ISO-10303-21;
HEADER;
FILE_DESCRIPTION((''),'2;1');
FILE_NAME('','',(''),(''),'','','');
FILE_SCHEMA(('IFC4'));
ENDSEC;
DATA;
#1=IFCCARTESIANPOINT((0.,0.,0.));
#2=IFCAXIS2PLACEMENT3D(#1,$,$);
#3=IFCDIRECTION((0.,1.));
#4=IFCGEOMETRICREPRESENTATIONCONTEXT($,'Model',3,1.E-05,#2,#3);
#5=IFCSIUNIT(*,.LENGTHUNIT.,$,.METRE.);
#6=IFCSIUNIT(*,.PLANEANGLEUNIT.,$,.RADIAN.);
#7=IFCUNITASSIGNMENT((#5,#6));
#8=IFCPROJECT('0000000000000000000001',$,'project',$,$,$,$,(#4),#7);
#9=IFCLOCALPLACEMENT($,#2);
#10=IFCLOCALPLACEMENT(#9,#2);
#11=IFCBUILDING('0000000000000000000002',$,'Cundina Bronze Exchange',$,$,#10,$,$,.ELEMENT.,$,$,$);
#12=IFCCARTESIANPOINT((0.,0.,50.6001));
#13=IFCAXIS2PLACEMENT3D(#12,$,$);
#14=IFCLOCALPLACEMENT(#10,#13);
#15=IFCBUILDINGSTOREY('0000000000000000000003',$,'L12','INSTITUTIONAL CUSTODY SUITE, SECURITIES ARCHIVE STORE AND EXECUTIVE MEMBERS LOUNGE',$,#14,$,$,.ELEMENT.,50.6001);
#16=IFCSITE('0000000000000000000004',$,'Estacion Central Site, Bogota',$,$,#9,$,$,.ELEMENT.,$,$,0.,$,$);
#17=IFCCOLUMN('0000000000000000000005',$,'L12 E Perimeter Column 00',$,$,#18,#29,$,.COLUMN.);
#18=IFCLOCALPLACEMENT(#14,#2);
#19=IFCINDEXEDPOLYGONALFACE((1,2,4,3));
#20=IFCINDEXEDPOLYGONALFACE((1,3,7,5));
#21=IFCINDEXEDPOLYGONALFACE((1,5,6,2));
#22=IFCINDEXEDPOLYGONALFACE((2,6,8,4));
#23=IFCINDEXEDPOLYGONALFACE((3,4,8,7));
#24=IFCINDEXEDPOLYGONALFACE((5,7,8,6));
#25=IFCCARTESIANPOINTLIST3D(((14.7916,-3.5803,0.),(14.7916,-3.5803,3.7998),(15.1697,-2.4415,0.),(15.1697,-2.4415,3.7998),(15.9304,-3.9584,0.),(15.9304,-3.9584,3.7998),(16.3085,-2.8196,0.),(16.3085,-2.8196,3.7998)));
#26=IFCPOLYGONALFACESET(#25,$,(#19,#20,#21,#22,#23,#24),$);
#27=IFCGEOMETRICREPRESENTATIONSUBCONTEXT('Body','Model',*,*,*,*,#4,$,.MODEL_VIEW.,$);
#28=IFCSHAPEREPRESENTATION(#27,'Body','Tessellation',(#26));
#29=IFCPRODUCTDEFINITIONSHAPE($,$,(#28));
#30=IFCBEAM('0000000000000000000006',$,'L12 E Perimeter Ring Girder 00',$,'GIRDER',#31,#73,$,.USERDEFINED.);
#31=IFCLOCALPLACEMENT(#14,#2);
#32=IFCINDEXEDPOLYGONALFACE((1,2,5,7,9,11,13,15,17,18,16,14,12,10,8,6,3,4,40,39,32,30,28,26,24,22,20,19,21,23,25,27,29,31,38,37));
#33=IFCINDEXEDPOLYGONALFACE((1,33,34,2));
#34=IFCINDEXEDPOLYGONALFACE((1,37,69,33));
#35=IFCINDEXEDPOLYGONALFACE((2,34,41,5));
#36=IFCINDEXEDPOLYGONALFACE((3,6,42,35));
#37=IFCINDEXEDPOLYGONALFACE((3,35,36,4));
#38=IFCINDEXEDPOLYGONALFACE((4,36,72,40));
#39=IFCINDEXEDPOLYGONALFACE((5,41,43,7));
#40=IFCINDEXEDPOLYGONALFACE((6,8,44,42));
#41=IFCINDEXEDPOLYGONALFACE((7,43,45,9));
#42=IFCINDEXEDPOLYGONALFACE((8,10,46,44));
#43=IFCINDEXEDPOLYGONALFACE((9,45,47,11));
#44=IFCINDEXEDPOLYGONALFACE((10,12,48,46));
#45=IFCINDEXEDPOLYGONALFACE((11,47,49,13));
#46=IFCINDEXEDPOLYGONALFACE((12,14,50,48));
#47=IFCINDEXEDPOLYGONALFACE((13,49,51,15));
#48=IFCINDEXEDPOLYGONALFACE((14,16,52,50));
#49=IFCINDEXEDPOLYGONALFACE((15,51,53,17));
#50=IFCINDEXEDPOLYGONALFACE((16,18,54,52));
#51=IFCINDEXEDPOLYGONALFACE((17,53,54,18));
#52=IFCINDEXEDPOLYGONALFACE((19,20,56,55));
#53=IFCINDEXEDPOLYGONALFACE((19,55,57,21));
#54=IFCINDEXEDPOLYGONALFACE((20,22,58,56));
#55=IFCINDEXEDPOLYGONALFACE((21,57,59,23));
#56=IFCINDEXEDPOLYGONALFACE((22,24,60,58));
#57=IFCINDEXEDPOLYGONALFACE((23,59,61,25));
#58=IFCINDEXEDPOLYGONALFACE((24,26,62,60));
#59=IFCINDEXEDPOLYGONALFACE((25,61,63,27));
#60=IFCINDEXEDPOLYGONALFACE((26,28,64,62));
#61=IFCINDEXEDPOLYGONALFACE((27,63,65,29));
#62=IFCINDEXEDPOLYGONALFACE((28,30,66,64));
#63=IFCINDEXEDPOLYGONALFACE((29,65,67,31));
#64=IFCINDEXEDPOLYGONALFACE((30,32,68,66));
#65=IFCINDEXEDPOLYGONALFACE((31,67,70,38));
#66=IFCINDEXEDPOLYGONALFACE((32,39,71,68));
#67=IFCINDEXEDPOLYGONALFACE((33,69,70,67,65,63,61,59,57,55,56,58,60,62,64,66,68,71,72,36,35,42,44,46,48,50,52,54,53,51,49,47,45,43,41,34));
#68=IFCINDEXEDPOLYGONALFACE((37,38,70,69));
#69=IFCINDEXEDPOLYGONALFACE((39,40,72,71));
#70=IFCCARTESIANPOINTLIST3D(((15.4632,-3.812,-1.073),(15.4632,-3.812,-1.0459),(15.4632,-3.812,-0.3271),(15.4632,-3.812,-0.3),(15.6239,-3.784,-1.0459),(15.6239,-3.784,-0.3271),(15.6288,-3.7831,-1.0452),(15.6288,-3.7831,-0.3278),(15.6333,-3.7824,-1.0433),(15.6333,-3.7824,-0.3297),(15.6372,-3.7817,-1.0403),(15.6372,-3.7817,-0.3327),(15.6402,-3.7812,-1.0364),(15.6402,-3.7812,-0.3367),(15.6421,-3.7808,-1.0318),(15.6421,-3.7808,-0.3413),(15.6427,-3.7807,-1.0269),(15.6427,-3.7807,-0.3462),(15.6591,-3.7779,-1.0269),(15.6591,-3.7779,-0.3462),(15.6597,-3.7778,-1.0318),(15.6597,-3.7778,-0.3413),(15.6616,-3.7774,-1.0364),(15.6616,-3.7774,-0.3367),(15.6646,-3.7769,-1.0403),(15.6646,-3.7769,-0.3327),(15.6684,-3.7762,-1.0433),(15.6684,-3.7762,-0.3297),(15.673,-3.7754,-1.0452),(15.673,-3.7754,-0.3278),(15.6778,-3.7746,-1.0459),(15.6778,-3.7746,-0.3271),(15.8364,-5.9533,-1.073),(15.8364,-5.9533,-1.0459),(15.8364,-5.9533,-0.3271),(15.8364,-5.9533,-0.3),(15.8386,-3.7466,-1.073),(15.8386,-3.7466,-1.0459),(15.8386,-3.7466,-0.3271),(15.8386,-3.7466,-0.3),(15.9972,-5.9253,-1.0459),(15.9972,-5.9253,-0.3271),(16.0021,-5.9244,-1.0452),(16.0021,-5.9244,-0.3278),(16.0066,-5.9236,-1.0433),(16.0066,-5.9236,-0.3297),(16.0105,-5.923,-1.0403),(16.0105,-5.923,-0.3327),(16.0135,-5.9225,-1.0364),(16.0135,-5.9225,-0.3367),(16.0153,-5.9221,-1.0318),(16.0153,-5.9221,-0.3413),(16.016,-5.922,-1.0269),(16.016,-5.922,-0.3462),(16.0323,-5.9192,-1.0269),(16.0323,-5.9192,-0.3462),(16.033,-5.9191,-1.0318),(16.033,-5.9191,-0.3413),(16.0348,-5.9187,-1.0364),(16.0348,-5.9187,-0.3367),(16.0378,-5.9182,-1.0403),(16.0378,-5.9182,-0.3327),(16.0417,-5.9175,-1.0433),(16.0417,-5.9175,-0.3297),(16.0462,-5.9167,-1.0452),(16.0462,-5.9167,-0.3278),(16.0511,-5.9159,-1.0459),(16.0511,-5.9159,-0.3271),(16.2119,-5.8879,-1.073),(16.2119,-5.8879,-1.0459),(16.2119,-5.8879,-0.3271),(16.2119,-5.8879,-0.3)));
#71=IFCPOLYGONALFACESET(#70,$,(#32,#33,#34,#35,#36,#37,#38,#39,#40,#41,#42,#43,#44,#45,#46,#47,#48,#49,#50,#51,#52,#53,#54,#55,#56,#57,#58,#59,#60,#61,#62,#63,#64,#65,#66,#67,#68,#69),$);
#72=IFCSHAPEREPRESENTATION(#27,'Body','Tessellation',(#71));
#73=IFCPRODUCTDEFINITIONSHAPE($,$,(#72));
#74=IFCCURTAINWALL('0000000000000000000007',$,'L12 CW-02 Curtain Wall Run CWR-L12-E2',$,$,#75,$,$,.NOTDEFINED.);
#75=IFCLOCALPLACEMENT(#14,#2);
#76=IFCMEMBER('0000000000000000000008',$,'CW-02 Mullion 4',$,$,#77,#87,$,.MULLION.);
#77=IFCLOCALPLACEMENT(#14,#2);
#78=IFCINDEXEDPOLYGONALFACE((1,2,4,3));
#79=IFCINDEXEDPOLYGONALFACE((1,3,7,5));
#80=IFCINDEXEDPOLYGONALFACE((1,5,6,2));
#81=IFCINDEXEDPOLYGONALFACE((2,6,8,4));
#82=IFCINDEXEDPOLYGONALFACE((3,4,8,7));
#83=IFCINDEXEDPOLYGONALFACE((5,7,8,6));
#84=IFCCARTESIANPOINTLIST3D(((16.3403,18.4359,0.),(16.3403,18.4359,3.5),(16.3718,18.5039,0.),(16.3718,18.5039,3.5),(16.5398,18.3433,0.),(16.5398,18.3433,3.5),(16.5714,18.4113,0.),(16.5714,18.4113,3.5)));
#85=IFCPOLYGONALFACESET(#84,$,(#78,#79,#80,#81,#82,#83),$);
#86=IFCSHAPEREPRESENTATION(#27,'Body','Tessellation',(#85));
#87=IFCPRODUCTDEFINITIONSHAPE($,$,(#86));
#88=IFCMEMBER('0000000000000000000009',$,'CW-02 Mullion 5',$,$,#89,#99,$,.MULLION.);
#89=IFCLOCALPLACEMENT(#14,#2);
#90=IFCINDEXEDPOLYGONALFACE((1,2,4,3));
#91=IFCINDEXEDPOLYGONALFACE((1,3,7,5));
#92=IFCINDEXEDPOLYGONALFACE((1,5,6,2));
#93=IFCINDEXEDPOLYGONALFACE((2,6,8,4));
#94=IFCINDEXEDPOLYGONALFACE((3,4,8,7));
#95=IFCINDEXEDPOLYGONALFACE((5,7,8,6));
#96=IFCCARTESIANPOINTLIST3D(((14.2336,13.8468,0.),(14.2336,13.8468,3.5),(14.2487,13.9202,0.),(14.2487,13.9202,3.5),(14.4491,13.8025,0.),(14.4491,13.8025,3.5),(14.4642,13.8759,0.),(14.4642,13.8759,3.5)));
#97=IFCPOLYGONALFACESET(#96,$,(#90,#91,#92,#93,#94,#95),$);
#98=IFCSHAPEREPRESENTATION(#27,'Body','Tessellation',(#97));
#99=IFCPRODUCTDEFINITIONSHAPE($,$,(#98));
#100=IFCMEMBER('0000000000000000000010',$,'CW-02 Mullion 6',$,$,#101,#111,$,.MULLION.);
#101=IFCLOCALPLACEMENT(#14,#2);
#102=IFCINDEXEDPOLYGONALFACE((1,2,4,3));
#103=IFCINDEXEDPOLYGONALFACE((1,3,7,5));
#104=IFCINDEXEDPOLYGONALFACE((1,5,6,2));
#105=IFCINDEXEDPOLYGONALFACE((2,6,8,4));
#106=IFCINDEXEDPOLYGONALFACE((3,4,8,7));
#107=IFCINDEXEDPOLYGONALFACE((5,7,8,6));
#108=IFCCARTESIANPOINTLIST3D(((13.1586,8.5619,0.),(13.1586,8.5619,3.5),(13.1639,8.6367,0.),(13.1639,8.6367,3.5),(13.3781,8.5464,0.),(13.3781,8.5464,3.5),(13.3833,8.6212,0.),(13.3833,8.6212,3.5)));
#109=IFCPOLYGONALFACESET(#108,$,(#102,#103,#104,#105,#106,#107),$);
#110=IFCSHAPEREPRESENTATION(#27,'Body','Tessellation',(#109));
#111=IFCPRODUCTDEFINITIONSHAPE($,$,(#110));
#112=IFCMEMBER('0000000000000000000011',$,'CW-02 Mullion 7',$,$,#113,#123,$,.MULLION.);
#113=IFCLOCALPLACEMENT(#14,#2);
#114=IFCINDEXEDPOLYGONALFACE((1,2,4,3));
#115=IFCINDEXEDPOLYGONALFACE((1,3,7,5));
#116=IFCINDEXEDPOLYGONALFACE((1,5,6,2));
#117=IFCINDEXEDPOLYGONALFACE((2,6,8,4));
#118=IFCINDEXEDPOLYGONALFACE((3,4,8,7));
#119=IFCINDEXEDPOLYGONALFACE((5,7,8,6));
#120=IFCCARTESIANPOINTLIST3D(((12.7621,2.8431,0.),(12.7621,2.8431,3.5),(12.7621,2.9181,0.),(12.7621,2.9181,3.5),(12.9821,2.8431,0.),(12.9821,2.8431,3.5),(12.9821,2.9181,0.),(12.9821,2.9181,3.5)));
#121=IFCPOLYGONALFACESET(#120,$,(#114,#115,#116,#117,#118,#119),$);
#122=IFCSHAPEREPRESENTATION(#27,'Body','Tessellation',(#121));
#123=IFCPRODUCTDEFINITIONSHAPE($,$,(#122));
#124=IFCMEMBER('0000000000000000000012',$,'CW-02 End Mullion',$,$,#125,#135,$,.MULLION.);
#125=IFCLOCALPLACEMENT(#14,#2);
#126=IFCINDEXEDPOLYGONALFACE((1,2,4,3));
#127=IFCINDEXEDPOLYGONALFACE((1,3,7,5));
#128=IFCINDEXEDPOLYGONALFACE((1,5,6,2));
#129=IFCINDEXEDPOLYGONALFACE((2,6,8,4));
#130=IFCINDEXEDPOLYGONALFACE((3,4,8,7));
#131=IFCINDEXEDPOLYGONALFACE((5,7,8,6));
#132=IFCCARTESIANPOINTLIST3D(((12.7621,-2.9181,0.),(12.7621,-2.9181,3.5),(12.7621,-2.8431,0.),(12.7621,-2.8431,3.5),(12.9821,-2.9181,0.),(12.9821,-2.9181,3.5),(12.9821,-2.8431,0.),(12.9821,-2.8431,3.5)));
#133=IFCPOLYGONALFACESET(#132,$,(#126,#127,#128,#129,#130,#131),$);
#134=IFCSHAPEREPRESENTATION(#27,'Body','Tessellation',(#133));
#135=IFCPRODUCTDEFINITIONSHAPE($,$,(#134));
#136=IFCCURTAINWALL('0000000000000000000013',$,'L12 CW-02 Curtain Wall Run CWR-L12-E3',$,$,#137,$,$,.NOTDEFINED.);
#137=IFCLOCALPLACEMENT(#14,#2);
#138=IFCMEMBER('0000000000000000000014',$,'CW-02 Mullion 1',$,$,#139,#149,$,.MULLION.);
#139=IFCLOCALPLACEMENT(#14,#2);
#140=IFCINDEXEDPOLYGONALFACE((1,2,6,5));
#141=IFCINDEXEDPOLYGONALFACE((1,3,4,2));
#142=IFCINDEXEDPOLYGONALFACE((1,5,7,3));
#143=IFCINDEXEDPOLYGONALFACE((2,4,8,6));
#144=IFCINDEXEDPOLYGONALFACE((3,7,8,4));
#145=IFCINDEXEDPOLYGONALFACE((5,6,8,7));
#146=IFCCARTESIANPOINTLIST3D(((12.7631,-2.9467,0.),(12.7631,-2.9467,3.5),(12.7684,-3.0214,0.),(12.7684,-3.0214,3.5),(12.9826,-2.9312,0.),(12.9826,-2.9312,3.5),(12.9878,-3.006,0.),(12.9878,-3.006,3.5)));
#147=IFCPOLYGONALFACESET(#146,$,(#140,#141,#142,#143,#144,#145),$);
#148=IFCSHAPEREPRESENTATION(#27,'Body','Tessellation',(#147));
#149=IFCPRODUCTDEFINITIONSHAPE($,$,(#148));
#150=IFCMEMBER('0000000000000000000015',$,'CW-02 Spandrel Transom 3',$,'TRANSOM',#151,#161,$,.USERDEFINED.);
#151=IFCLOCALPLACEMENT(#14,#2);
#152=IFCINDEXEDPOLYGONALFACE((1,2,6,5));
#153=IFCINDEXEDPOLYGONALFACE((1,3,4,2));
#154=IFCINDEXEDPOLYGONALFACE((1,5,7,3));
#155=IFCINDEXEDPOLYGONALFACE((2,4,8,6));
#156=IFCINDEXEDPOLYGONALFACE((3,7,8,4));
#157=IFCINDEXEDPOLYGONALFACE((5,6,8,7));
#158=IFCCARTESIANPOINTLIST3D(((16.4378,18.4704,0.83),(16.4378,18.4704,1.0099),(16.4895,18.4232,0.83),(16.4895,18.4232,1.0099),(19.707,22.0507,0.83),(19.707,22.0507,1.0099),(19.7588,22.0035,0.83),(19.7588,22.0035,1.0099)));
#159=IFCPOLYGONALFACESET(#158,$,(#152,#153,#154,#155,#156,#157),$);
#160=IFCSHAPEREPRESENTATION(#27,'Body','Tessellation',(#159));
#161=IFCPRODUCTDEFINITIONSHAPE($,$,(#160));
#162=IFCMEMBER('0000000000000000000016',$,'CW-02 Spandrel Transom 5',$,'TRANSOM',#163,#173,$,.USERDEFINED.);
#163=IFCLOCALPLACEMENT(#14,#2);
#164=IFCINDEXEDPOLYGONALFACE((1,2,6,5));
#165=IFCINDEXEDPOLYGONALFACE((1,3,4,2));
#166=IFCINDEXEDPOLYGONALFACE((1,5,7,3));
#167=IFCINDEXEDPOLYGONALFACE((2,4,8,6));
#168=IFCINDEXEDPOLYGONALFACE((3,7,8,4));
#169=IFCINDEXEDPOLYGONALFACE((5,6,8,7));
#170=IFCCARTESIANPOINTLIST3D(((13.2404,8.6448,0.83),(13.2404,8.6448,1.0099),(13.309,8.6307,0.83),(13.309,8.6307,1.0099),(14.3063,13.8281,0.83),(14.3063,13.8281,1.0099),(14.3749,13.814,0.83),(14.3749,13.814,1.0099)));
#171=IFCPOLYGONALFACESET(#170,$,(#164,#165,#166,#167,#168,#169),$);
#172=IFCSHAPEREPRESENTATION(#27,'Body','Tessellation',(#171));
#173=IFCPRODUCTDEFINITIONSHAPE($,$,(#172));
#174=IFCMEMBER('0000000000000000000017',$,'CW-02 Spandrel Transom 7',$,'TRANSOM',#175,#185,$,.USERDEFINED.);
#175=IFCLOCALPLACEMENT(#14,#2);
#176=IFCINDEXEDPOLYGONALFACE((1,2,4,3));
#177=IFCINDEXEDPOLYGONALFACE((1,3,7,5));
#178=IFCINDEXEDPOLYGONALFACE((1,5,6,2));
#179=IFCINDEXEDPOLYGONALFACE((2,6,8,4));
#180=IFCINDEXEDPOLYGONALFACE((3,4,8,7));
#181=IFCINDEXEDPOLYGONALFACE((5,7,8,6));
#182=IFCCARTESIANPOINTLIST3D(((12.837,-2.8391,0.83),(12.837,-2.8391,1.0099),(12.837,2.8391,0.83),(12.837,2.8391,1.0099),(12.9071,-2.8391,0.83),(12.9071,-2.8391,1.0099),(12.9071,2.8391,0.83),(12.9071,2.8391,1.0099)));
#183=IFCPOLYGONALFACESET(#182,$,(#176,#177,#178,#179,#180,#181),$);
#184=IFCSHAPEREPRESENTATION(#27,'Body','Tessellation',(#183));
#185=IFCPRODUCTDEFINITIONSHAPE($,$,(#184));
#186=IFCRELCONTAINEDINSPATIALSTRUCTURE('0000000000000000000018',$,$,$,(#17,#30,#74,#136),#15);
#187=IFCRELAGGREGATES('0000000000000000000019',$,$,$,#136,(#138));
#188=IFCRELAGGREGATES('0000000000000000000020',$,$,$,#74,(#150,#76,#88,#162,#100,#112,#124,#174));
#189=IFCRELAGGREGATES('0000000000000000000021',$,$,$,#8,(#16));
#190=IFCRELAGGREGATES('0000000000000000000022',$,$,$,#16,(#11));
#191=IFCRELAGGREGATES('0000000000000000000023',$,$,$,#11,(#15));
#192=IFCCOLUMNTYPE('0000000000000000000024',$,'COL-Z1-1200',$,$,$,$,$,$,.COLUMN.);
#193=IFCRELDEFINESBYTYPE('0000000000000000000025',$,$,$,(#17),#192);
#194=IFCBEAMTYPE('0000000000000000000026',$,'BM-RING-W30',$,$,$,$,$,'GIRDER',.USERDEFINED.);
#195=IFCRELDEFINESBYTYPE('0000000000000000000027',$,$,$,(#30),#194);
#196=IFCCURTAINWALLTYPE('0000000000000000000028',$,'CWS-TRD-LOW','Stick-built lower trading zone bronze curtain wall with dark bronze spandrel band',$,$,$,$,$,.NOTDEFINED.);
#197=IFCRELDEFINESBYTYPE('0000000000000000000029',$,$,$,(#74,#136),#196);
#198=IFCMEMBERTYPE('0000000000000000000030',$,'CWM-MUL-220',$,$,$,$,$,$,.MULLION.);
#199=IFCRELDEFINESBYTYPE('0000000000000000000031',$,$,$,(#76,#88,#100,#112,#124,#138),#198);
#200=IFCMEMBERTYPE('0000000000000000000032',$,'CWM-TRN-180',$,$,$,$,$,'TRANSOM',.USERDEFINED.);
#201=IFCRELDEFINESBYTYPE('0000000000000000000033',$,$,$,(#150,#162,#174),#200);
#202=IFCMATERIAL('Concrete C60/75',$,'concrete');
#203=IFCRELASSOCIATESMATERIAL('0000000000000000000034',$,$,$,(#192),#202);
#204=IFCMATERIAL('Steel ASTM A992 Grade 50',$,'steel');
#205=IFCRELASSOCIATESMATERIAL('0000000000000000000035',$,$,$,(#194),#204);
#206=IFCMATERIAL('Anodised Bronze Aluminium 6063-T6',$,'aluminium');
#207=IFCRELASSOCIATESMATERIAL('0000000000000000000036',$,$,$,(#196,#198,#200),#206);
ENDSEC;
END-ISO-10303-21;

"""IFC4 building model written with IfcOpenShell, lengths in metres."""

from ifc_helpers import new_model, si_unit, direction, frame, origin, origin_2d, place, context, subcontext, project, spatial, rectangle, i_section, extrude, material, material_profile, profile_set, type_object, element, aggregate, save


model = new_model("IFC4")

# Units and contexts
model_context = context("Model", 3, precision=1e-05, world=origin(), true_north=direction((0.0, 1.0)))
body_context = subcontext(model_context, "Body", "Model", "MODEL_VIEW")
ifc_project = project(units=[si_unit("LENGTHUNIT", "METRE"), si_unit("PLANEANGLEUNIT", "RADIAN")], contexts=[model_context])

# Site, building, storey
site_placement = place(None, origin())
site = spatial("IfcSite", under=ifc_project, at=site_placement, Name="Estacion Central Site, Bogota", CompositionType="ELEMENT", RefElevation=0.0)
building_placement = place(site_placement, origin())
building = spatial("IfcBuilding", under=site, at=building_placement, Name="Cundina Bronze Exchange", CompositionType="ELEMENT")
storey_placement = place(building_placement, frame((0.0, 0.0, 50.6001)))
storey = spatial("IfcBuildingStorey", under=building, at=storey_placement, Name="L12", Description="INSTITUTIONAL CUSTODY SUITE, SECURITIES ARCHIVE STORE AND EXECUTIVE MEMBERS LOUNGE", CompositionType="ELEMENT", Elevation=50.6001)

# Column
ifc_material_1 = material(Name="Concrete C60/75", Category="concrete")
ifc_material_profile_1 = material_profile(ifc_material_1, rectangle(XDim=1.2, YDim=1.2, at=origin_2d()), Name="RC1200X1200", Category="concrete")
ifc_profile_set_1 = profile_set([ifc_material_profile_1], Name="Concrete C60/75")
column_type = type_object("IfcColumnType", Name="COL-Z1-1200", PredefinedType="COLUMN", material=ifc_profile_set_1)
column_placement = place(storey_placement, frame((15.55, -3.2, 0.0), z_axis=(0.0, 0.0, 1.0), x_axis=(-0.315152, -0.949041, 0.0)))
element("IfcColumn", 1, at=column_placement, inside=storey, type_object=column_type, Name="L12 E Perimeter Column 00", PredefinedType="COLUMN", context=body_context, shape_type="SweptSolid", body=[
    extrude(rectangle(XDim=1.2, YDim=1.2, at=origin_2d()), origin(), (0.0, 0.0, 1.0), 3.7998),
])

# Beam
ifc_material_2 = material(Name="Steel ASTM A992 Grade 50", Category="steel")
ifc_material_profile_2 = material_profile(ifc_material_2, i_section(OverallWidth=0.3811, OverallDepth=0.7729, WebThickness=0.0166, FlangeThickness=0.0271, FilletRadius=0.019, at=origin_2d()), Name="W30X173", Category="steel")
ifc_profile_set_2 = profile_set([ifc_material_profile_2], Name="Steel ASTM A992 Grade 50")
beam_type = type_object("IfcBeamType", Name="BM-RING-W30", ElementType="GIRDER", PredefinedType="USERDEFINED", material=ifc_profile_set_2)
beam_placement = place(storey_placement, frame((15.6509, -3.7793, -0.6865), z_axis=(0.171735, -0.985143, 0.0), x_axis=(0.985143, 0.171735, 0.0)))
element("IfcBeam", 2, at=beam_placement, inside=storey, type_object=beam_type, Name="L12 E Perimeter Ring Girder 00", ObjectType="GIRDER", PredefinedType="USERDEFINED", context=body_context, shape_type="SweptSolid", body=[
    extrude(i_section(OverallWidth=0.3811, OverallDepth=0.7729, WebThickness=0.0166, FlangeThickness=0.0271, FilletRadius=0.019, at=origin_2d()), origin(), (0.0, 0.0, 1.0), 2.1736),
])

# Curtain wall, members
ifc_material_3 = material(Name="Anodised Bronze Aluminium 6063-T6", Category="aluminium")
curtain_wall_type = type_object("IfcCurtainWallType", Name="CWS-TRD-LOW", Description="Stick-built lower trading zone bronze curtain wall with dark bronze spandrel band", PredefinedType="NOTDEFINED", material=ifc_material_3)
curtain_wall_1_placement = place(storey_placement, origin())
curtain_wall_1 = element("IfcCurtainWall", 3, at=curtain_wall_1_placement, inside=storey, type_object=curtain_wall_type, Name="L12 CW-02 Curtain Wall Run CWR-L12-E2", PredefinedType="NOTDEFINED")
ifc_material_profile_3 = material_profile(ifc_material_3, rectangle(XDim=0.075, YDim=0.22, at=origin_2d()), Name="AL75X220", Category="aluminium")
ifc_profile_set_3 = profile_set([ifc_material_profile_3], Name="Anodised Bronze Aluminium 6063-T6")
member_type_1 = type_object("IfcMemberType", Name="CWM-MUL-220", PredefinedType="MULLION", material=ifc_profile_set_3)
member_1_placement = place(storey_placement, frame((16.4558, 18.4236, 0.0), z_axis=(0.0, 0.0, 1.0), x_axis=(-0.420877, -0.907117, 0.0)))
member_1 = element("IfcMember", 4, at=member_1_placement, type_object=member_type_1, Name="CW-02 Mullion 4", PredefinedType="MULLION", context=body_context, shape_type="SweptSolid", body=[
    extrude(rectangle(XDim=0.075, YDim=0.22, at=origin_2d()), origin(), (0.0, 0.0, 1.0), 3.5),
])
member_2_placement = place(storey_placement, frame((14.3489, 13.8613, 0.0), z_axis=(0.0, 0.0, 1.0), x_axis=(-0.20142, -0.979505, 0.0)))
member_2 = element("IfcMember", 5, at=member_2_placement, type_object=member_type_1, Name="CW-02 Mullion 5", PredefinedType="MULLION", context=body_context, shape_type="SweptSolid", body=[
    extrude(rectangle(XDim=0.075, YDim=0.22, at=origin_2d()), origin(), (0.0, 0.0, 1.0), 3.5),
])
member_3_placement = place(storey_placement, frame((13.271, 8.5916, 0.0), z_axis=(0.0, 0.0, 1.0), x_axis=(-0.070279, -0.997527, 0.0)))
member_3 = element("IfcMember", 6, at=member_3_placement, type_object=member_type_1, Name="CW-02 Mullion 6", PredefinedType="MULLION", context=body_context, shape_type="SweptSolid", body=[
    extrude(rectangle(XDim=0.075, YDim=0.22, at=origin_2d()), origin(), (0.0, 0.0, 1.0), 3.5),
])
member_4_placement = place(storey_placement, frame((12.8721, 2.8806, 0.0), z_axis=(0.0, 0.0, 1.0), x_axis=(0.0, -1.0, 0.0)))
member_4 = element("IfcMember", 7, at=member_4_placement, type_object=member_type_1, Name="CW-02 Mullion 7", PredefinedType="MULLION", context=body_context, shape_type="SweptSolid", body=[
    extrude(rectangle(XDim=0.075, YDim=0.22, at=origin_2d()), origin(), (0.0, 0.0, 1.0), 3.5),
])
member_5_placement = place(storey_placement, frame((12.8721, -2.8806, 0.0), z_axis=(0.0, 0.0, 1.0), x_axis=(0.0, -1.0, 0.0)))
member_5 = element("IfcMember", 8, at=member_5_placement, type_object=member_type_1, Name="CW-02 End Mullion", PredefinedType="MULLION", context=body_context, shape_type="SweptSolid", body=[
    extrude(rectangle(XDim=0.075, YDim=0.22, at=origin_2d()), origin(), (0.0, 0.0, 1.0), 3.5),
])

# Curtain wall, member
curtain_wall_2_placement = place(storey_placement, origin())
curtain_wall_2 = element("IfcCurtainWall", 9, at=curtain_wall_2_placement, inside=storey, type_object=curtain_wall_type, Name="L12 CW-02 Curtain Wall Run CWR-L12-E3", PredefinedType="NOTDEFINED")
member_6_placement = place(storey_placement, frame((12.8755, -2.9763, 0.0), z_axis=(0.0, 0.0, 1.0), x_axis=(0.070279, -0.997527, 0.0)))
member_6 = element("IfcMember", 10, at=member_6_placement, type_object=member_type_1, Name="CW-02 Mullion 1", PredefinedType="MULLION", context=body_context, shape_type="SweptSolid", body=[
    extrude(rectangle(XDim=0.075, YDim=0.22, at=origin_2d()), origin(), (0.0, 0.0, 1.0), 3.5),
])

# Members
ifc_material_profile_4 = material_profile(ifc_material_3, rectangle(XDim=0.0701, YDim=0.1799, at=origin_2d()), Name="AL70X180", Category="aluminium")
ifc_profile_set_4 = profile_set([ifc_material_profile_4], Name="Anodised Bronze Aluminium 6063-T6")
member_type_2 = type_object("IfcMemberType", Name="CWM-TRN-180", ElementType="TRANSOM", PredefinedType="USERDEFINED", material=ifc_profile_set_4)
member_7_placement = place(storey_placement, frame((19.7329, 22.0271, 0.9199), z_axis=(-0.674303, -0.738455, 0.0), x_axis=(0.738455, -0.674303, 0.0)))
member_7 = element("IfcMember", 11, at=member_7_placement, type_object=member_type_2, Name="CW-02 Spandrel Transom 3", ObjectType="TRANSOM", PredefinedType="USERDEFINED", context=body_context, shape_type="SweptSolid", body=[
    extrude(rectangle(XDim=0.0701, YDim=0.1799, at=origin_2d()), origin(), (0.0, 0.0, 1.0), 4.8484),
])
member_8_placement = place(storey_placement, frame((14.3406, 13.821, 0.9199), z_axis=(-0.201428, -0.979503, 0.0), x_axis=(0.979503, -0.201428, 0.0)))
member_8 = element("IfcMember", 12, at=member_8_placement, type_object=member_type_2, Name="CW-02 Spandrel Transom 5", ObjectType="TRANSOM", PredefinedType="USERDEFINED", context=body_context, shape_type="SweptSolid", body=[
    extrude(rectangle(XDim=0.0701, YDim=0.1799, at=origin_2d()), origin(), (0.0, 0.0, 1.0), 5.2917),
])
member_9_placement = place(storey_placement, frame((12.8721, 2.8391, 0.9199), z_axis=(0.0, -1.0, 0.0), x_axis=(1.0, 0.0, 0.0)))
member_9 = element("IfcMember", 13, at=member_9_placement, type_object=member_type_2, Name="CW-02 Spandrel Transom 7", ObjectType="TRANSOM", PredefinedType="USERDEFINED", context=body_context, shape_type="SweptSolid", body=[
    extrude(rectangle(XDim=0.0701, YDim=0.1799, at=origin_2d()), origin(), (0.0, 0.0, 1.0), 5.6782),
])
aggregate(curtain_wall_2, [member_6])

aggregate(curtain_wall_1, [member_7, member_1, member_2, member_8, member_3, member_4, member_5, member_9])

save(model, "model.ifc")
